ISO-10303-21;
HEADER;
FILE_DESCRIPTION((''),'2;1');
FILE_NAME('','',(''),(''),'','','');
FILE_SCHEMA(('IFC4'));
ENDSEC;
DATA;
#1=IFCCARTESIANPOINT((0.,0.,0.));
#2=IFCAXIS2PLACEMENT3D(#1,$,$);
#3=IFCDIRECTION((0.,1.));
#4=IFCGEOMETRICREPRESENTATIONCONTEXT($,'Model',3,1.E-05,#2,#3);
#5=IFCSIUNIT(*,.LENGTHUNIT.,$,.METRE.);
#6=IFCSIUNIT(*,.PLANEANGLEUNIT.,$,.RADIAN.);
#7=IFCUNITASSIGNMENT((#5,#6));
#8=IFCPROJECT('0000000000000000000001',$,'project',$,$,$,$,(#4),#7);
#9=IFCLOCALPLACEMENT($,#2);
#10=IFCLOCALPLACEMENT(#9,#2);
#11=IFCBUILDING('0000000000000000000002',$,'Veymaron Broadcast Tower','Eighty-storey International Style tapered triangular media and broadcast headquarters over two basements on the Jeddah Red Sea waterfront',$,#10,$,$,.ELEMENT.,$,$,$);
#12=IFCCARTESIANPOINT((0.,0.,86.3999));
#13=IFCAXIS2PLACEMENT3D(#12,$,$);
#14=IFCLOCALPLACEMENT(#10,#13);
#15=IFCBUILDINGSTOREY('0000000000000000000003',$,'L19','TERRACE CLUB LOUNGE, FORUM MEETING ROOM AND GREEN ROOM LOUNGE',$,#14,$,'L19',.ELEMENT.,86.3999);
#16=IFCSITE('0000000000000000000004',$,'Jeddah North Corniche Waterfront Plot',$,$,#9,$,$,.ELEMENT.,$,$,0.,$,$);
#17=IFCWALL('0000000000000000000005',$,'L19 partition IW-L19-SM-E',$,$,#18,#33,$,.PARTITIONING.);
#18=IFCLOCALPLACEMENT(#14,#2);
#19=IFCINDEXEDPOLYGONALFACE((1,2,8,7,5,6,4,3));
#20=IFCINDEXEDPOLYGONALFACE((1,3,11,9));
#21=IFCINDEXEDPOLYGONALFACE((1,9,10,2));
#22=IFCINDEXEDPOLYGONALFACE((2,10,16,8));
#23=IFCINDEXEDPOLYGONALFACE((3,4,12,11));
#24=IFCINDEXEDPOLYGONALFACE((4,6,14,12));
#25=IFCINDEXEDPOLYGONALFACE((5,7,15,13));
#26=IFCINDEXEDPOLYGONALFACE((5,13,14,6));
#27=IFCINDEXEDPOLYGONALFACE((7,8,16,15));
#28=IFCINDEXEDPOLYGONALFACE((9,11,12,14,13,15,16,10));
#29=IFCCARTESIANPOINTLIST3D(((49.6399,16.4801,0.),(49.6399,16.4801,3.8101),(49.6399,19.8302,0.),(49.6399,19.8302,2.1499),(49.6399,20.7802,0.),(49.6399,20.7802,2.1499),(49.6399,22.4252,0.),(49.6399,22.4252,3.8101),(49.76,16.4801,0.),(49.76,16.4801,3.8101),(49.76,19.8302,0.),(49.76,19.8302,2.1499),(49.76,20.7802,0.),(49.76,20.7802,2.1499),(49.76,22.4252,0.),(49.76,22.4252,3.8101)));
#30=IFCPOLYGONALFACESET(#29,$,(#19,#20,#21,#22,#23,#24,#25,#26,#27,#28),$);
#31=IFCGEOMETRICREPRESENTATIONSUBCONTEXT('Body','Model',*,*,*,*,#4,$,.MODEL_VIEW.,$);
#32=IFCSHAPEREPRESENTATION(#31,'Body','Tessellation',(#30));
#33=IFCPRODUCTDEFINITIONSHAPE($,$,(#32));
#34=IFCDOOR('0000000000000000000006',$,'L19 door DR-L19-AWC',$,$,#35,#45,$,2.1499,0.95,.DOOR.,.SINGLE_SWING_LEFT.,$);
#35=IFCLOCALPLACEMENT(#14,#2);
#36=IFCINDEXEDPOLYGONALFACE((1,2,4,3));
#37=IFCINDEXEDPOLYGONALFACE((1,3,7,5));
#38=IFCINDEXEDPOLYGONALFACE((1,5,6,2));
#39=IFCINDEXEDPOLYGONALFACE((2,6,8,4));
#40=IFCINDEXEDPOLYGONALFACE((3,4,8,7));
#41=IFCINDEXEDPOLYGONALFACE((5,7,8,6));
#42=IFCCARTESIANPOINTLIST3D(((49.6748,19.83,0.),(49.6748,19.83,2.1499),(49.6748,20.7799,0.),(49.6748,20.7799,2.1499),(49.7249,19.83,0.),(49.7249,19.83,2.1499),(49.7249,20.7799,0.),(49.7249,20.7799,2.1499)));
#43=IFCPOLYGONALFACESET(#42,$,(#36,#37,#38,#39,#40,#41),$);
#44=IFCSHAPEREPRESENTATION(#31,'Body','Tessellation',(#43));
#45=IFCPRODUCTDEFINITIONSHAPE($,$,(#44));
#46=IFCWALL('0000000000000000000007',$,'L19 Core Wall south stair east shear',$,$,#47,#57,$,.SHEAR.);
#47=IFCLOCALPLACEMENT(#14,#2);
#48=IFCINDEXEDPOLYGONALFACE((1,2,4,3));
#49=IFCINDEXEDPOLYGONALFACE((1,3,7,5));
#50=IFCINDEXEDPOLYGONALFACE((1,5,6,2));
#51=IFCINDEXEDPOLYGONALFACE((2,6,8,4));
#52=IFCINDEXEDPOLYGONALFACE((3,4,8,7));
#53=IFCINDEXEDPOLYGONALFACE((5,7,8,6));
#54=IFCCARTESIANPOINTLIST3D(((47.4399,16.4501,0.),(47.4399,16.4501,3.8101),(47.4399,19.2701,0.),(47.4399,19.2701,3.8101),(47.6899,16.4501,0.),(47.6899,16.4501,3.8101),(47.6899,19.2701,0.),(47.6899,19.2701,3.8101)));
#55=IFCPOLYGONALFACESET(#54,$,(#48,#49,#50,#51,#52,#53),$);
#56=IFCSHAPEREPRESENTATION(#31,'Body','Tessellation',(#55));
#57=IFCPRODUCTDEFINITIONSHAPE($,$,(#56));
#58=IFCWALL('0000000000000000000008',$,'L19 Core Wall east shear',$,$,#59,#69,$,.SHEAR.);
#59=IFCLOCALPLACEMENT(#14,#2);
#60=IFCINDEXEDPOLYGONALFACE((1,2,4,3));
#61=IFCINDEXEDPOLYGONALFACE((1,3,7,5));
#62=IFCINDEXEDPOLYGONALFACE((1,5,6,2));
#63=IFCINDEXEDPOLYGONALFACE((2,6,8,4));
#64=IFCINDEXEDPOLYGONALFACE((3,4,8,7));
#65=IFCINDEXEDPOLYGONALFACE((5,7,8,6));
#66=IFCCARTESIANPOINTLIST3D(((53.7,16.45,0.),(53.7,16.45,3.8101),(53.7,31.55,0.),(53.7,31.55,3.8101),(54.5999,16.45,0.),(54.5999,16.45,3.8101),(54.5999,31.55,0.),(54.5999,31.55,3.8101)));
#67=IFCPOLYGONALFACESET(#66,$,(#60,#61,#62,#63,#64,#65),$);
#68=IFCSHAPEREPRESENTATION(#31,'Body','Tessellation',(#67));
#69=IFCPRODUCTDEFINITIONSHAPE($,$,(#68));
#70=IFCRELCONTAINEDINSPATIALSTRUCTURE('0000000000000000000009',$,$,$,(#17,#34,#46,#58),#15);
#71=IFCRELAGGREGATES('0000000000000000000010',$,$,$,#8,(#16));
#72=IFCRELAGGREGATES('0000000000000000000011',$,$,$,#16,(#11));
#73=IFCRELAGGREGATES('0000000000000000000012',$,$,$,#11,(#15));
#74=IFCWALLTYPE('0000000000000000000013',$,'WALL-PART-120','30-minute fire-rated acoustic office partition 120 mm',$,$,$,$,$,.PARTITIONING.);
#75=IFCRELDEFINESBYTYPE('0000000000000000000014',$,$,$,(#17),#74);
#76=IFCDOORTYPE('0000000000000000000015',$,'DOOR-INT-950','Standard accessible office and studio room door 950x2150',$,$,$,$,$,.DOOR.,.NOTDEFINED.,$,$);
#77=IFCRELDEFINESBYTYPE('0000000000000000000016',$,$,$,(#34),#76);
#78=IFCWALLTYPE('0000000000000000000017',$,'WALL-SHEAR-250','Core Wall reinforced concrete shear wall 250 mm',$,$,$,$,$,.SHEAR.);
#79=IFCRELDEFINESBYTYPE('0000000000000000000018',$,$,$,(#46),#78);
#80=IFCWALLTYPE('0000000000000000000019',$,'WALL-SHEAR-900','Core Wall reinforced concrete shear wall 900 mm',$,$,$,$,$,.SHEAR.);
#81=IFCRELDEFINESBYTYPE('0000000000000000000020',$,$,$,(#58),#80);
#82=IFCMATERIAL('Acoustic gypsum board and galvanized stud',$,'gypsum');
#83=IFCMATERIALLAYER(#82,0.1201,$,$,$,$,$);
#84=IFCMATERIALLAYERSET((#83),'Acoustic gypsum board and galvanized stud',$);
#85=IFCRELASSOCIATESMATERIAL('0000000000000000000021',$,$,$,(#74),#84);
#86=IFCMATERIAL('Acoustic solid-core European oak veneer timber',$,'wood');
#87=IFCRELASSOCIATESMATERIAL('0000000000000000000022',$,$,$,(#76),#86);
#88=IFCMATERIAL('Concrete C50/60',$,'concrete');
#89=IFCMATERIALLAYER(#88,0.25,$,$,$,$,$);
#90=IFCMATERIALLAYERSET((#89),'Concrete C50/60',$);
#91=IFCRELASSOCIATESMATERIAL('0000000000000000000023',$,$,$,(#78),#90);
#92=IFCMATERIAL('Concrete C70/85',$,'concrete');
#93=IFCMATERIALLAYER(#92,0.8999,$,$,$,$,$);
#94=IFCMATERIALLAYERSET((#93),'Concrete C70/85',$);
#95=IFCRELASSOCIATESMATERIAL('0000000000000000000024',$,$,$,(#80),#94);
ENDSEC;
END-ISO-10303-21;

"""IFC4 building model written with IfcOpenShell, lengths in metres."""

from ifc_helpers import new_model, si_unit, direction, frame, frame_2d, origin, place, context, subcontext, project, spatial, rectangle, extrude, material, layer, layer_set, type_object, element, fill, save


model = new_model("IFC4")

# Units and contexts
model_context = context("Model", 3, precision=1e-05, world=origin(), true_north=direction((0.0, 1.0)))
body_context = subcontext(model_context, "Body", "Model", "MODEL_VIEW")
ifc_project = project(units=[si_unit("LENGTHUNIT", "METRE"), si_unit("PLANEANGLEUNIT", "RADIAN")], contexts=[model_context])

# Site, building, storey
site_placement = place(None, origin())
site = spatial("IfcSite", under=ifc_project, at=site_placement, Name="Jeddah North Corniche Waterfront Plot", CompositionType="ELEMENT", RefElevation=0.0)
building_placement = place(site_placement, origin())
building = spatial("IfcBuilding", under=site, at=building_placement, Name="Veymaron Broadcast Tower", Description="Eighty-storey International Style tapered triangular media and broadcast headquarters over two basements on the Jeddah Red Sea waterfront", CompositionType="ELEMENT")
storey_placement = place(building_placement, frame((0.0, 0.0, 86.3999)))
storey = spatial("IfcBuildingStorey", under=building, at=storey_placement, Name="L19", Description="TERRACE CLUB LOUNGE, FORUM MEETING ROOM AND GREEN ROOM LOUNGE", LongName="L19", CompositionType="ELEMENT", Elevation=86.3999)

# Wall, opening, door
ifc_material_1 = material(Name="Acoustic gypsum board and galvanized stud", Category="gypsum")
ifc_layer_1 = layer(ifc_material_1, 0.1201)
ifc_layer_set_1 = layer_set([ifc_layer_1], Name="Acoustic gypsum board and galvanized stud")
wall_type_1 = type_object("IfcWallType", Name="WALL-PART-120", Description="30-minute fire-rated acoustic office partition 120 mm", PredefinedType="PARTITIONING", material=ifc_layer_set_1)
wall_1_placement = place(storey_placement, frame((49.7, 16.48, 0.0), z_axis=(0.0, 0.0, 1.0), x_axis=(0.0, 1.0, 0.0)))
wall_1 = element("IfcWall", 1, at=wall_1_placement, inside=storey, type_object=wall_type_1, Name="L19 partition IW-L19-SM-E", PredefinedType="PARTITIONING", context=body_context, shape_type="SweptSolid", body=[
    extrude(rectangle(XDim=5.9451, YDim=0.1201, at=frame_2d((2.9727, 0.0))), origin(), (0.0, 0.0, 1.0), 3.8101),
])
opening_1_placement = place(wall_1_placement, frame((3.3501, 0.0, 0.0)))
opening_1 = element("IfcOpeningElement", 2, at=opening_1_placement, cuts=wall_1, PredefinedType="OPENING", context=body_context, shape_type="SweptSolid", body=[
    extrude(rectangle(XDim=0.95, YDim=2.1499, at=frame_2d((0.4751, 1.075))), frame((0.0, 0.0701, 0.0), z_axis=(0.0, -1.0, 0.0), x_axis=(1.0, 0.0, 0.0)), (0.0, 0.0, 1.0), 0.1401),
])
ifc_material_2 = material(Name="Acoustic solid-core European oak veneer timber", Category="wood")
door_type_1 = type_object("IfcDoorType", Name="DOOR-INT-950", Description="Standard accessible office and studio room door 950x2150", OperationType="NOTDEFINED", PredefinedType="DOOR", material=ifc_material_2)
door_1_placement = place(opening_1_placement, frame((0.95, 0.0, 0.0), z_axis=(0.0, 0.0, 1.0), x_axis=(-1.0, 0.0, 0.0)))
door_1 = element("IfcDoor", 3, at=door_1_placement, inside=storey, type_object=door_type_1, Name="L19 door DR-L19-AWC", OperationType="SINGLE_SWING_LEFT", OverallHeight=2.1499, OverallWidth=0.95, PredefinedType="DOOR", context=body_context, shape_type="SweptSolid", body=[
    extrude(rectangle(XDim=0.95, YDim=2.1499, at=frame_2d((0.4751, 1.075))), frame((0.0, 0.0249, 0.0), z_axis=(0.0, -1.0, 0.0), x_axis=(1.0, 0.0, 0.0)), (0.0, 0.0, 1.0), 0.05),
])
fill(opening_1, door_1)

# Walls
ifc_material_3 = material(Name="Concrete C50/60", Category="concrete")
ifc_layer_2 = layer(ifc_material_3, 0.25)
ifc_layer_set_2 = layer_set([ifc_layer_2], Name="Concrete C50/60")
wall_type_2 = type_object("IfcWallType", Name="WALL-SHEAR-250", Description="Core Wall reinforced concrete shear wall 250 mm", PredefinedType="SHEAR", material=ifc_layer_set_2)
wall_2_placement = place(storey_placement, frame((47.5649, 16.45, 0.0), z_axis=(0.0, 0.0, 1.0), x_axis=(0.0, 1.0, 0.0)))
element("IfcWall", 4, at=wall_2_placement, inside=storey, type_object=wall_type_2, Name="L19 Core Wall south stair east shear", PredefinedType="SHEAR", context=body_context, shape_type="SweptSolid", body=[
    extrude(rectangle(XDim=2.8201, YDim=0.25, at=frame_2d((1.4102, 0.0))), origin(), (0.0, 0.0, 1.0), 3.8101),
])
ifc_material_4 = material(Name="Concrete C70/85", Category="concrete")
ifc_layer_3 = layer(ifc_material_4, 0.8999)
ifc_layer_set_3 = layer_set([ifc_layer_3], Name="Concrete C70/85")
wall_type_3 = type_object("IfcWallType", Name="WALL-SHEAR-900", Description="Core Wall reinforced concrete shear wall 900 mm", PredefinedType="SHEAR", material=ifc_layer_set_3)
wall_3_placement = place(storey_placement, frame((54.1499, 16.45, 0.0), z_axis=(0.0, 0.0, 1.0), x_axis=(0.0, 1.0, 0.0)))
element("IfcWall", 5, at=wall_3_placement, inside=storey, type_object=wall_type_3, Name="L19 Core Wall east shear", PredefinedType="SHEAR", context=body_context, shape_type="SweptSolid", body=[
    extrude(rectangle(XDim=15.1001, YDim=0.8999, at=frame_2d((7.55, 0.0))), origin(), (0.0, 0.0, 1.0), 3.8101),
])

save(model, "model.ifc")
